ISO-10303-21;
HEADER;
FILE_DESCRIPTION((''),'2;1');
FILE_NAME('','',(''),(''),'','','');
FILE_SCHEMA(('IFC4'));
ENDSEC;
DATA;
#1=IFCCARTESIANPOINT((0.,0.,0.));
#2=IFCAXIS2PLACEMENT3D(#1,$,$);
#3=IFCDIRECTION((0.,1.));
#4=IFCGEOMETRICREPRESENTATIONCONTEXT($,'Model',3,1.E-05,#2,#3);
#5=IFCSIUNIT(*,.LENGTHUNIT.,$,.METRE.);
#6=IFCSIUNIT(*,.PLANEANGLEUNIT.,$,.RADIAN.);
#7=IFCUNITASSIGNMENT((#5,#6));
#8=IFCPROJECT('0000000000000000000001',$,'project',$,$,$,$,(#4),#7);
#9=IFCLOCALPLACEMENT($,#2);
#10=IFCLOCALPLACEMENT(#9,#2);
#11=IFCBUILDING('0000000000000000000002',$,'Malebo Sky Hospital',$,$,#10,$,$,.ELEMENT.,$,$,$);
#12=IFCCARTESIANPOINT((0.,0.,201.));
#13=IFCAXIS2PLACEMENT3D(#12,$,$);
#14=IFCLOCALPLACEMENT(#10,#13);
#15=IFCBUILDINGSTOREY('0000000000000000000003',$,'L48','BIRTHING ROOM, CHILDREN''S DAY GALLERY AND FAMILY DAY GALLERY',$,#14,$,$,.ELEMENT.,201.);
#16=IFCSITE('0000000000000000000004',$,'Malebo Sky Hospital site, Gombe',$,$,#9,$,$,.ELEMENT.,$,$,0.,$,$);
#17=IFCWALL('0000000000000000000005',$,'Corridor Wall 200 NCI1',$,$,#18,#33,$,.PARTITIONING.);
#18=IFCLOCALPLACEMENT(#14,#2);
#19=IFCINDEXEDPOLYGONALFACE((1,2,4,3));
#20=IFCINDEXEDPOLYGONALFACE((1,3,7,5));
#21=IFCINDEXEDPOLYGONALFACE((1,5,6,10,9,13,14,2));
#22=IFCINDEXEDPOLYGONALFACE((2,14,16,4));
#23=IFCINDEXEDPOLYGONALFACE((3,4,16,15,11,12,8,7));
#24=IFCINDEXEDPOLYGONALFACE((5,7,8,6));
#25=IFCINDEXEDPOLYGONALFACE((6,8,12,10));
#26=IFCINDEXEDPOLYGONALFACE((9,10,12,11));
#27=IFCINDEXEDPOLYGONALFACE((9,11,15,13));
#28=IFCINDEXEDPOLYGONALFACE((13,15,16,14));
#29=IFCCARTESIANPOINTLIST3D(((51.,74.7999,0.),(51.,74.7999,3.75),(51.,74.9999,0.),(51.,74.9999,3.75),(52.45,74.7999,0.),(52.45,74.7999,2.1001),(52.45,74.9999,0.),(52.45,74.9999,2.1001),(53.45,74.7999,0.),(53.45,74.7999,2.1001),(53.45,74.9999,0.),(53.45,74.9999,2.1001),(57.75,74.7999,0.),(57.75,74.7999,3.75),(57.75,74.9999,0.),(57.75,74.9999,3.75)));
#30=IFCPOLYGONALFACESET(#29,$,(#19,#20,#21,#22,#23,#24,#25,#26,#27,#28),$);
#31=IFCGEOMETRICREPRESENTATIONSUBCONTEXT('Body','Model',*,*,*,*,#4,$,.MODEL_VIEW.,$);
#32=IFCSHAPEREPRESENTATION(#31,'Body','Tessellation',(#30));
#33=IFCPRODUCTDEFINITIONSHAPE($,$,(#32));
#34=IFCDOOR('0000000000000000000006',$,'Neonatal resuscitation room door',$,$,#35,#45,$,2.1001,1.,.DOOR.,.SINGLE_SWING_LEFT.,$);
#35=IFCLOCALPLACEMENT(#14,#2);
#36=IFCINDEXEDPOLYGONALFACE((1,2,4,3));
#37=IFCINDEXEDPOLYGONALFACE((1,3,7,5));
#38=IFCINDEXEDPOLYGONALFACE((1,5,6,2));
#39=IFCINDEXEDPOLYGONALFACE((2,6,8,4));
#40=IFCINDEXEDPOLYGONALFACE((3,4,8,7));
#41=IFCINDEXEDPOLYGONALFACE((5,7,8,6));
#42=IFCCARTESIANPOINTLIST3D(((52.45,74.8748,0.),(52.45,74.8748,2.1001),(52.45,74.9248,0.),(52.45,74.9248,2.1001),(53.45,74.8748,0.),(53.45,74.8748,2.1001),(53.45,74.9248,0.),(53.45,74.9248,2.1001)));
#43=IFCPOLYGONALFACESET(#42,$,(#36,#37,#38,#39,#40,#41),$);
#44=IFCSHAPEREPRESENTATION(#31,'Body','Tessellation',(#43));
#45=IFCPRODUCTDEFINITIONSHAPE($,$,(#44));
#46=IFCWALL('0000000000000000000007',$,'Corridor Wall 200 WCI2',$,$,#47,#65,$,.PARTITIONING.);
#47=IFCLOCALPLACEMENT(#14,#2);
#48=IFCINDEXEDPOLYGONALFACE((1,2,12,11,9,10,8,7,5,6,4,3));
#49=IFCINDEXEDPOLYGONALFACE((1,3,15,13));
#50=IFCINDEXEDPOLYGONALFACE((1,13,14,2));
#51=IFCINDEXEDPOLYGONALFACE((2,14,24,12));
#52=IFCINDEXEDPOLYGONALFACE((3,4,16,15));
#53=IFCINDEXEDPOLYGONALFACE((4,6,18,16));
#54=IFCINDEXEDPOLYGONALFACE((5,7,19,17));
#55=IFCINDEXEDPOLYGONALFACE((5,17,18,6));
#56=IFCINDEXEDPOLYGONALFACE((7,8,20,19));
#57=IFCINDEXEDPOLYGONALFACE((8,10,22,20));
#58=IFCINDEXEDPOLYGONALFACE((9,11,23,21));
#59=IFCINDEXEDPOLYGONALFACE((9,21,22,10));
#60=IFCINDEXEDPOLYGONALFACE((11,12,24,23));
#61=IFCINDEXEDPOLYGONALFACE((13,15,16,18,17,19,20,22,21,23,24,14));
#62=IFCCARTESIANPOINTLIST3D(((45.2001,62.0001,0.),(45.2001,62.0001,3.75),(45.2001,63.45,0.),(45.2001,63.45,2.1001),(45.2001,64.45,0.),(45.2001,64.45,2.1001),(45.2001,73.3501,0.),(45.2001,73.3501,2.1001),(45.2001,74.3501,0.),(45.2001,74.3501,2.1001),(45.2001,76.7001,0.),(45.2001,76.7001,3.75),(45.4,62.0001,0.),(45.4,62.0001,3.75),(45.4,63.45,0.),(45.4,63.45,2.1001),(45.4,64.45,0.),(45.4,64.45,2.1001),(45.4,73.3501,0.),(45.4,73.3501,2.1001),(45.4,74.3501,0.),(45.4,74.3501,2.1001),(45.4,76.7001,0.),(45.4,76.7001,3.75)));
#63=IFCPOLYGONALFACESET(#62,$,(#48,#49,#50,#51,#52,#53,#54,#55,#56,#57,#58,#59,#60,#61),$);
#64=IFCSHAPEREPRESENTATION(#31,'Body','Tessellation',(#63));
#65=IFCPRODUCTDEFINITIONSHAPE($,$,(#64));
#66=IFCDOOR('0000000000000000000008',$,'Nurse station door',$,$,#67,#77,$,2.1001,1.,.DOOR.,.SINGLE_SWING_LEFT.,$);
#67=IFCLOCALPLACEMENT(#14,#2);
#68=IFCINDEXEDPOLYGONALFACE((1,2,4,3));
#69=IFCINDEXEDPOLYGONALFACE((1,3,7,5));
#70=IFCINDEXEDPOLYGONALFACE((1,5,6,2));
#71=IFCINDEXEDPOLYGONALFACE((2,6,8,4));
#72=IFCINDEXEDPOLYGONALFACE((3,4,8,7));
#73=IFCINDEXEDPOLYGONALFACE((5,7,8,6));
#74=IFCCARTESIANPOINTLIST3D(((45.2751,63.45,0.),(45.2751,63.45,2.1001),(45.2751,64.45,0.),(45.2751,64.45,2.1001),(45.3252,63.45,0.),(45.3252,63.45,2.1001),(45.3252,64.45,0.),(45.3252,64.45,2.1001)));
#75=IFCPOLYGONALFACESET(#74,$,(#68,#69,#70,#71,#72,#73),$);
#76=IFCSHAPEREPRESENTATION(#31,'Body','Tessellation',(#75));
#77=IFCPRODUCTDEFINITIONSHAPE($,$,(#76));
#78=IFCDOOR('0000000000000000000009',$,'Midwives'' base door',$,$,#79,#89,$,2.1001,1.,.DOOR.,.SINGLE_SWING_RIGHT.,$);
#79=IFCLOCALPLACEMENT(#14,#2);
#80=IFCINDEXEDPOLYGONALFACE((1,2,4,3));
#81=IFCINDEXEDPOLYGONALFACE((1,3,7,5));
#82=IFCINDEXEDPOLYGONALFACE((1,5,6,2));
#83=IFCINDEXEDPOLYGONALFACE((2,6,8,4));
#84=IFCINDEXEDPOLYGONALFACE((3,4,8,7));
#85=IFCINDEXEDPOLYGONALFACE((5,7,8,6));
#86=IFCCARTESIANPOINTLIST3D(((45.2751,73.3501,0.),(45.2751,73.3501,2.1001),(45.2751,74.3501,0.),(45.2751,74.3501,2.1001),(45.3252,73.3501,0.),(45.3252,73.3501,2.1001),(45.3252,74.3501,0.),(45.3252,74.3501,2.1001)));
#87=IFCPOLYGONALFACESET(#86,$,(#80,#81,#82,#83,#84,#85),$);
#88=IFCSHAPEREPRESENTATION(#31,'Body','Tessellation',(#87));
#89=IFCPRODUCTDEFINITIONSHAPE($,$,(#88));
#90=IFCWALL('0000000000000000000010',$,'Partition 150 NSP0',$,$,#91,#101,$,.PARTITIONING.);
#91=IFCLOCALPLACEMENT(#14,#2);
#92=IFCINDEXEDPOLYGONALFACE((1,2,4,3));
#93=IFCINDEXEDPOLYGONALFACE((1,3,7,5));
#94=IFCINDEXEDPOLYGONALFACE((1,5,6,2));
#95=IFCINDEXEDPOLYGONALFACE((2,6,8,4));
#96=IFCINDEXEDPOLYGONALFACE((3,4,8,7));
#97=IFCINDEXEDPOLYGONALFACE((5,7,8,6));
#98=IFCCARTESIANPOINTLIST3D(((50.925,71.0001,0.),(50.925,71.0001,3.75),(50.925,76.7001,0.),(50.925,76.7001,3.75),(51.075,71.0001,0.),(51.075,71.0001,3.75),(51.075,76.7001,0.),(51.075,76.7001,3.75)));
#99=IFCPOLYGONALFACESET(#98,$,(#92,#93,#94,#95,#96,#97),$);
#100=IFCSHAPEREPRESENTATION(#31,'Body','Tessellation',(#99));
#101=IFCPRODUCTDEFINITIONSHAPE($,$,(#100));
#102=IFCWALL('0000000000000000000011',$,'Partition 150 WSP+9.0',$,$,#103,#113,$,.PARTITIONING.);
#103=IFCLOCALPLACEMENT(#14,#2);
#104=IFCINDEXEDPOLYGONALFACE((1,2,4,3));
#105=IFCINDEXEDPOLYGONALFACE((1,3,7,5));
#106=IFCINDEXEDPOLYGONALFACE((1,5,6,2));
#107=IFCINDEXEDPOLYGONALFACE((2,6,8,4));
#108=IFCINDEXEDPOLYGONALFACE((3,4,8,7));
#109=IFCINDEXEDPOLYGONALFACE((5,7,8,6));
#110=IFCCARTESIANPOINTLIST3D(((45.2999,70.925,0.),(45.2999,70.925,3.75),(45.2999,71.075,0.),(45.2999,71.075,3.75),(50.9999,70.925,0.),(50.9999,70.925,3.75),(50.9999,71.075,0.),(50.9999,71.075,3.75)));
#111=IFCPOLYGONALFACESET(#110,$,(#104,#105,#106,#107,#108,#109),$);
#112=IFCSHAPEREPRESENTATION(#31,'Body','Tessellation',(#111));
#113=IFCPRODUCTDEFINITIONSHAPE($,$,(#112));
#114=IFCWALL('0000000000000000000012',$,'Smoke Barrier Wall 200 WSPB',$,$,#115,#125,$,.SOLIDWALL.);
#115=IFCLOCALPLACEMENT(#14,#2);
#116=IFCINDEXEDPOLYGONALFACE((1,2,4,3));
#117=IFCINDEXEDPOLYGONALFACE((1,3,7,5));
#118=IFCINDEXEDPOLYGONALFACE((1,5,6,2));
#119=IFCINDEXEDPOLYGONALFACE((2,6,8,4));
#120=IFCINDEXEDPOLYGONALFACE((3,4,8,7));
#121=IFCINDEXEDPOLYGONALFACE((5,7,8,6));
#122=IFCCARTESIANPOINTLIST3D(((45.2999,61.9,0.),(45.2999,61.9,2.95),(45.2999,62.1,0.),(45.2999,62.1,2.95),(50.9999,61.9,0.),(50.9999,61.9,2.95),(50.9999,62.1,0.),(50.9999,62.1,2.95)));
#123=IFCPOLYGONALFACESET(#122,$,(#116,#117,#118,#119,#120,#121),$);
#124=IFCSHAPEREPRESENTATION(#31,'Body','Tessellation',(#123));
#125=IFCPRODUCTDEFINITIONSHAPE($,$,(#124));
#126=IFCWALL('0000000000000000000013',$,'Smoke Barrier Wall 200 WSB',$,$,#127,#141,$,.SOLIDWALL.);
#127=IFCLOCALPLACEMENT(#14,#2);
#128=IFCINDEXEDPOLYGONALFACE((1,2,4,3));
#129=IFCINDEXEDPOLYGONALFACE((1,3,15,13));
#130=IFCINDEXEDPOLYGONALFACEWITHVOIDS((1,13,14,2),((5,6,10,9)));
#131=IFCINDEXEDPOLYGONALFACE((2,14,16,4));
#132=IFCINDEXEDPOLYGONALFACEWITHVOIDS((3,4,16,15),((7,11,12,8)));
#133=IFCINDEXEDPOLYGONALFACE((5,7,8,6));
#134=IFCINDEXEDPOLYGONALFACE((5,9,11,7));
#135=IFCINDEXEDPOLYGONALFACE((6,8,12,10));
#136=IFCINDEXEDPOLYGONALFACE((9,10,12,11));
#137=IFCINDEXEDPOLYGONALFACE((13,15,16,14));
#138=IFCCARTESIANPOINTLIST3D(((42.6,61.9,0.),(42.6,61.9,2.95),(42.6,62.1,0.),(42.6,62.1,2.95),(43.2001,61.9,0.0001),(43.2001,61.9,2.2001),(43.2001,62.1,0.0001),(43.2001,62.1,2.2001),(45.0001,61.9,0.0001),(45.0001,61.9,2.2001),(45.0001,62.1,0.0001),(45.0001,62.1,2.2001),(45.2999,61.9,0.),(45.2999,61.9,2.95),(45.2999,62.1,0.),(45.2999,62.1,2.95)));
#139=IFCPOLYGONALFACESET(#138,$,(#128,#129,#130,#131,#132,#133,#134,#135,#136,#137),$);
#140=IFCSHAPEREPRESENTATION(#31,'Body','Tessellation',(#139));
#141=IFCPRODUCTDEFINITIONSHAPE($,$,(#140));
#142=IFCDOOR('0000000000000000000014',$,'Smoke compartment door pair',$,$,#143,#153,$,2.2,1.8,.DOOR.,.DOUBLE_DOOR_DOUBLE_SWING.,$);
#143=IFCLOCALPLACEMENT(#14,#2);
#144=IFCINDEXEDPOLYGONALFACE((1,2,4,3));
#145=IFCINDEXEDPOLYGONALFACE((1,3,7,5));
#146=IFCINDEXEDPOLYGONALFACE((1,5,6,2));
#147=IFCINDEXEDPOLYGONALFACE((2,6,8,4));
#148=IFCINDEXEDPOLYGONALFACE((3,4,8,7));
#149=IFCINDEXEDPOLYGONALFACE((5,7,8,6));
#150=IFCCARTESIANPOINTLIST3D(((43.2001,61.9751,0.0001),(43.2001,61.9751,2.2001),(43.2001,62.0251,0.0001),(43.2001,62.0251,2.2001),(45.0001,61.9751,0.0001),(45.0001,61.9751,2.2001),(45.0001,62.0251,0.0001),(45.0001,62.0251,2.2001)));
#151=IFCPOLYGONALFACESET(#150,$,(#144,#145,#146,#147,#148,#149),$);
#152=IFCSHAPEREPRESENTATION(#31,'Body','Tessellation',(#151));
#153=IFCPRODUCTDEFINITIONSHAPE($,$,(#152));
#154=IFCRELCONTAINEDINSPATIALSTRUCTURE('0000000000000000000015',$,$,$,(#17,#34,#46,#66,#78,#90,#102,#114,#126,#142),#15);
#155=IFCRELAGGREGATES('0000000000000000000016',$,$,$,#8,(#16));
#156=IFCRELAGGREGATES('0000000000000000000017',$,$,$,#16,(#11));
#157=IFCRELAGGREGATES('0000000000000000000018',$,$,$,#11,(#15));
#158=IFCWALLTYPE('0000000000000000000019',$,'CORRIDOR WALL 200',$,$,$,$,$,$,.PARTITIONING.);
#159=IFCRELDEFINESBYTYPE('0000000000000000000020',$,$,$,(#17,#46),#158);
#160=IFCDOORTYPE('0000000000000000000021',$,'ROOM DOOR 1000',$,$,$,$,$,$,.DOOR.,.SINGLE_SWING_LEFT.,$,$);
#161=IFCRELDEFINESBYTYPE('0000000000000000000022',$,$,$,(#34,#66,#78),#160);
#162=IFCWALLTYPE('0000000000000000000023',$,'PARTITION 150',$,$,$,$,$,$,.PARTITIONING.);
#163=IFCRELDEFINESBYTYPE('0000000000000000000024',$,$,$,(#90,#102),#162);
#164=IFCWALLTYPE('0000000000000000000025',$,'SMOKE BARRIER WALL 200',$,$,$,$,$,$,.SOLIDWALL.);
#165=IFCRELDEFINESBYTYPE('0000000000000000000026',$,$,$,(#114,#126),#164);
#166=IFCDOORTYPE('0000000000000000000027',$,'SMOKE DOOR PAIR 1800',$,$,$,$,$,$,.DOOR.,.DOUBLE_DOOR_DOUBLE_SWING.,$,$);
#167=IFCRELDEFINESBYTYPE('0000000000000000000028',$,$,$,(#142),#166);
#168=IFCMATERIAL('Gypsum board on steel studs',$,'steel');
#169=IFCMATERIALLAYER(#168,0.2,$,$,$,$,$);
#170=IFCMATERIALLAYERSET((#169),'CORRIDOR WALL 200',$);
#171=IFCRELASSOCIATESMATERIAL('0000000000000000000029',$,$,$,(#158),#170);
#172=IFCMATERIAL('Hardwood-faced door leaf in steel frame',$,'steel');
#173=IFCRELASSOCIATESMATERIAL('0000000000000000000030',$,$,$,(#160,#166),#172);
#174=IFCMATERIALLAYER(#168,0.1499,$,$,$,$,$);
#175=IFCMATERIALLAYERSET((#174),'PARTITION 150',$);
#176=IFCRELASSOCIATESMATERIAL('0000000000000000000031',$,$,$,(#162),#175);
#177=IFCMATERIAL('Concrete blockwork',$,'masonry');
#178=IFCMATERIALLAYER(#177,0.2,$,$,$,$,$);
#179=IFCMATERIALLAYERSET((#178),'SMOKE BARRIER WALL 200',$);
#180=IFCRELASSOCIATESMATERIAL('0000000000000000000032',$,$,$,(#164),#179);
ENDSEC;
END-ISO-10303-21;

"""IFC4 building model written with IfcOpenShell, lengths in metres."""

from ifc_helpers import new_model, si_unit, direction, frame, frame_2d, origin, place, context, subcontext, project, spatial, rectangle, extrude, material, layer, layer_set, type_object, element, fill, save


model = new_model("IFC4")

# Units and contexts
model_context = context("Model", 3, precision=1e-05, world=origin(), true_north=direction((0.0, 1.0)))
body_context = subcontext(model_context, "Body", "Model", "MODEL_VIEW")
ifc_project = project(units=[si_unit("LENGTHUNIT", "METRE"), si_unit("PLANEANGLEUNIT", "RADIAN")], contexts=[model_context])

# Site, building, storey
site_placement = place(None, origin())
site = spatial("IfcSite", under=ifc_project, at=site_placement, Name="Malebo Sky Hospital site, Gombe", CompositionType="ELEMENT", RefElevation=0.0)
building_placement = place(site_placement, origin())
building = spatial("IfcBuilding", under=site, at=building_placement, Name="Malebo Sky Hospital", CompositionType="ELEMENT")
storey_placement = place(building_placement, frame((0.0, 0.0, 201.0)))
storey = spatial("IfcBuildingStorey", under=building, at=storey_placement, Name="L48", Description="BIRTHING ROOM, CHILDREN'S DAY GALLERY AND FAMILY DAY GALLERY", CompositionType="ELEMENT", Elevation=201.0)

# Wall, opening, door
ifc_material_1 = material(Name="Hardwood-faced door leaf in steel frame", Category="steel")
ifc_material_2 = material(Name="Gypsum board on steel studs", Category="steel")
ifc_layer_1 = layer(ifc_material_2, 0.2)
ifc_layer_set_1 = layer_set([ifc_layer_1], Name="CORRIDOR WALL 200")
wall_type_1 = type_object("IfcWallType", Name="CORRIDOR WALL 200", PredefinedType="PARTITIONING", material=ifc_layer_set_1)
wall_1_placement = place(storey_placement, frame((51.0, 74.8999, 0.0), z_axis=(0.0, 0.0, 1.0), x_axis=(1.0, 0.0, 0.0)))
wall_1 = element("IfcWall", 1, at=wall_1_placement, inside=storey, type_object=wall_type_1, Name="Corridor Wall 200 NCI1", PredefinedType="PARTITIONING", context=body_context, shape_type="SweptSolid", body=[
    extrude(rectangle(XDim=6.75, YDim=0.2, at=frame_2d((3.375, 0.0))), origin(), (0.0, 0.0, 1.0), 3.75),
])
opening_1_placement = place(wall_1_placement, frame((1.45, 0.0, 0.0)))
opening_1 = element("IfcOpeningElement", 2, at=opening_1_placement, cuts=wall_1, PredefinedType="OPENING", context=body_context, shape_type="SweptSolid", body=[
    extrude(rectangle(XDim=1.0, YDim=2.1001, at=frame_2d((0.5, 1.05))), frame((0.0, 0.1099, 0.0), z_axis=(0.0, -1.0, 0.0), x_axis=(1.0, 0.0, 0.0)), (0.0, 0.0, 1.0), 0.22),
])
door_type_1 = type_object("IfcDoorType", Name="ROOM DOOR 1000", OperationType="SINGLE_SWING_LEFT", PredefinedType="DOOR", material=ifc_material_1)
door_1_placement = place(opening_1_placement, origin())
door_1 = element("IfcDoor", 3, at=door_1_placement, inside=storey, type_object=door_type_1, Name="Neonatal resuscitation room door", OperationType="SINGLE_SWING_LEFT", OverallHeight=2.1001, OverallWidth=1.0, PredefinedType="DOOR", context=body_context, shape_type="SweptSolid", body=[
    extrude(rectangle(XDim=1.0, YDim=2.1001, at=frame_2d((0.5, 1.05))), frame((0.0, 0.0249, 0.0), z_axis=(0.0, -1.0, 0.0), x_axis=(1.0, 0.0, 0.0)), (0.0, 0.0, 1.0), 0.05),
])
fill(opening_1, door_1)

# Wall, openings, doors
wall_2_placement = place(storey_placement, frame((45.3, 62.0, 0.0), z_axis=(0.0, 0.0, 1.0), x_axis=(0.0, 1.0, 0.0)))
wall_2 = element("IfcWall", 4, at=wall_2_placement, inside=storey, type_object=wall_type_1, Name="Corridor Wall 200 WCI2", PredefinedType="PARTITIONING", context=body_context, shape_type="SweptSolid", body=[
    extrude(rectangle(XDim=14.7, YDim=0.2, at=frame_2d((7.3501, 0.0))), origin(), (0.0, 0.0, 1.0), 3.75),
])
opening_2_placement = place(wall_2_placement, frame((1.45, 0.0, 0.0)))
opening_2 = element("IfcOpeningElement", 5, at=opening_2_placement, cuts=wall_2, PredefinedType="OPENING", context=body_context, shape_type="SweptSolid", body=[
    extrude(rectangle(XDim=1.0, YDim=2.1001, at=frame_2d((0.5, 1.05))), frame((0.0, 0.1099, 0.0), z_axis=(0.0, -1.0, 0.0), x_axis=(1.0, 0.0, 0.0)), (0.0, 0.0, 1.0), 0.22),
])
opening_3_placement = place(wall_2_placement, frame((11.3501, 0.0, 0.0)))
opening_3 = element("IfcOpeningElement", 6, at=opening_3_placement, cuts=wall_2, PredefinedType="OPENING", context=body_context, shape_type="SweptSolid", body=[
    extrude(rectangle(XDim=1.0, YDim=2.1001, at=frame_2d((0.5, 1.05))), frame((0.0, 0.1099, 0.0), z_axis=(0.0, -1.0, 0.0), x_axis=(1.0, 0.0, 0.0)), (0.0, 0.0, 1.0), 0.22),
])
door_2_placement = place(opening_2_placement, origin())
door_2 = element("IfcDoor", 7, at=door_2_placement, inside=storey, type_object=door_type_1, Name="Nurse station door", OperationType="SINGLE_SWING_LEFT", OverallHeight=2.1001, OverallWidth=1.0, PredefinedType="DOOR", context=body_context, shape_type="SweptSolid", body=[
    extrude(rectangle(XDim=1.0, YDim=2.1001, at=frame_2d((0.5, 1.05))), frame((0.0, 0.0249, 0.0), z_axis=(0.0, -1.0, 0.0), x_axis=(1.0, 0.0, 0.0)), (0.0, 0.0, 1.0), 0.05),
])
fill(opening_2, door_2)
door_3_placement = place(opening_3_placement, origin())
door_3 = element("IfcDoor", 8, at=door_3_placement, inside=storey, type_object=door_type_1, Name="Midwives' base door", OperationType="SINGLE_SWING_RIGHT", OverallHeight=2.1001, OverallWidth=1.0, PredefinedType="DOOR", context=body_context, shape_type="SweptSolid", body=[
    extrude(rectangle(XDim=1.0, YDim=2.1001, at=frame_2d((0.5, 1.05))), frame((0.0, 0.0249, 0.0), z_axis=(0.0, -1.0, 0.0), x_axis=(1.0, 0.0, 0.0)), (0.0, 0.0, 1.0), 0.05),
])
fill(opening_3, door_3)

# Walls
ifc_layer_2 = layer(ifc_material_2, 0.1499)
ifc_layer_set_2 = layer_set([ifc_layer_2], Name="PARTITION 150")
wall_type_2 = type_object("IfcWallType", Name="PARTITION 150", PredefinedType="PARTITIONING", material=ifc_layer_set_2)
for number, where, z_axis, x_axis, name in (
    (9, (51.0, 71.0, 0.0), (0.0, 0.0, 1.0), (0.0, 1.0, 0.0), "Partition 150 NSP0"),
    (10, (51.0, 71.0, 0.0), (0.0, 0.0, 1.0), (-1.0, 0.0, 0.0), "Partition 150 WSP+9.0"),
):
    element("IfcWall", number, at=place(storey_placement, frame(where, z_axis=z_axis, x_axis=x_axis)), inside=storey, type_object=wall_type_2, Name=name, PredefinedType="PARTITIONING", context=body_context, shape_type="SweptSolid", body=[
        extrude(rectangle(XDim=5.7, YDim=0.1499, at=frame_2d((2.8501, 0.0))), origin(), (0.0, 0.0, 1.0), 3.75),
    ])
ifc_material_3 = material(Name="Concrete blockwork", Category="masonry")
ifc_layer_3 = layer(ifc_material_3, 0.2)
ifc_layer_set_3 = layer_set([ifc_layer_3], Name="SMOKE BARRIER WALL 200")
wall_type_3 = type_object("IfcWallType", Name="SMOKE BARRIER WALL 200", PredefinedType="SOLIDWALL", material=ifc_layer_set_3)
wall_3_placement = place(storey_placement, frame((51.0, 62.0, 0.0), z_axis=(0.0, 0.0, 1.0), x_axis=(-1.0, 0.0, 0.0)))
element("IfcWall", 11, at=wall_3_placement, inside=storey, type_object=wall_type_3, Name="Smoke Barrier Wall 200 WSPB", PredefinedType="SOLIDWALL", context=body_context, shape_type="SweptSolid", body=[
    extrude(rectangle(XDim=5.7, YDim=0.2, at=frame_2d((2.8501, 0.0))), origin(), (0.0, 0.0, 1.0), 2.95),
])

# Wall, opening, door
wall_4_placement = place(storey_placement, frame((45.3, 62.0, 0.0), z_axis=(0.0, 0.0, 1.0), x_axis=(-1.0, 0.0, 0.0)))
wall_4 = element("IfcWall", 12, at=wall_4_placement, inside=storey, type_object=wall_type_3, Name="Smoke Barrier Wall 200 WSB", PredefinedType="SOLIDWALL", context=body_context, shape_type="SweptSolid", body=[
    extrude(rectangle(XDim=2.7, YDim=0.2, at=frame_2d((1.3501, 0.0))), origin(), (0.0, 0.0, 1.0), 2.95),
])
opening_4_placement = place(wall_4_placement, frame((0.3, 0.0, 0.0)))
opening_4 = element("IfcOpeningElement", 13, at=opening_4_placement, cuts=wall_4, PredefinedType="OPENING", context=body_context, shape_type="SweptSolid", body=[
    extrude(rectangle(XDim=1.8, YDim=2.2, at=frame_2d((0.8999, 1.1001))), frame((0.0, 0.1099, 0.0), z_axis=(0.0, -1.0, 0.0), x_axis=(1.0, 0.0, 0.0)), (0.0, 0.0, 1.0), 0.22),
])
door_type_2 = type_object("IfcDoorType", Name="SMOKE DOOR PAIR 1800", OperationType="DOUBLE_DOOR_DOUBLE_SWING", PredefinedType="DOOR", material=ifc_material_1)
door_4_placement = place(opening_4_placement, origin())
door_4 = element("IfcDoor", 14, at=door_4_placement, inside=storey, type_object=door_type_2, Name="Smoke compartment door pair", OperationType="DOUBLE_DOOR_DOUBLE_SWING", OverallHeight=2.2, OverallWidth=1.8, PredefinedType="DOOR", context=body_context, shape_type="SweptSolid", body=[
    extrude(rectangle(XDim=1.8, YDim=2.2, at=frame_2d((0.8999, 1.1001))), frame((0.0, 0.0249, 0.0), z_axis=(0.0, -1.0, 0.0), x_axis=(1.0, 0.0, 0.0)), (0.0, 0.0, 1.0), 0.05),
])
fill(opening_4, door_4)

save(model, "model.ifc")
